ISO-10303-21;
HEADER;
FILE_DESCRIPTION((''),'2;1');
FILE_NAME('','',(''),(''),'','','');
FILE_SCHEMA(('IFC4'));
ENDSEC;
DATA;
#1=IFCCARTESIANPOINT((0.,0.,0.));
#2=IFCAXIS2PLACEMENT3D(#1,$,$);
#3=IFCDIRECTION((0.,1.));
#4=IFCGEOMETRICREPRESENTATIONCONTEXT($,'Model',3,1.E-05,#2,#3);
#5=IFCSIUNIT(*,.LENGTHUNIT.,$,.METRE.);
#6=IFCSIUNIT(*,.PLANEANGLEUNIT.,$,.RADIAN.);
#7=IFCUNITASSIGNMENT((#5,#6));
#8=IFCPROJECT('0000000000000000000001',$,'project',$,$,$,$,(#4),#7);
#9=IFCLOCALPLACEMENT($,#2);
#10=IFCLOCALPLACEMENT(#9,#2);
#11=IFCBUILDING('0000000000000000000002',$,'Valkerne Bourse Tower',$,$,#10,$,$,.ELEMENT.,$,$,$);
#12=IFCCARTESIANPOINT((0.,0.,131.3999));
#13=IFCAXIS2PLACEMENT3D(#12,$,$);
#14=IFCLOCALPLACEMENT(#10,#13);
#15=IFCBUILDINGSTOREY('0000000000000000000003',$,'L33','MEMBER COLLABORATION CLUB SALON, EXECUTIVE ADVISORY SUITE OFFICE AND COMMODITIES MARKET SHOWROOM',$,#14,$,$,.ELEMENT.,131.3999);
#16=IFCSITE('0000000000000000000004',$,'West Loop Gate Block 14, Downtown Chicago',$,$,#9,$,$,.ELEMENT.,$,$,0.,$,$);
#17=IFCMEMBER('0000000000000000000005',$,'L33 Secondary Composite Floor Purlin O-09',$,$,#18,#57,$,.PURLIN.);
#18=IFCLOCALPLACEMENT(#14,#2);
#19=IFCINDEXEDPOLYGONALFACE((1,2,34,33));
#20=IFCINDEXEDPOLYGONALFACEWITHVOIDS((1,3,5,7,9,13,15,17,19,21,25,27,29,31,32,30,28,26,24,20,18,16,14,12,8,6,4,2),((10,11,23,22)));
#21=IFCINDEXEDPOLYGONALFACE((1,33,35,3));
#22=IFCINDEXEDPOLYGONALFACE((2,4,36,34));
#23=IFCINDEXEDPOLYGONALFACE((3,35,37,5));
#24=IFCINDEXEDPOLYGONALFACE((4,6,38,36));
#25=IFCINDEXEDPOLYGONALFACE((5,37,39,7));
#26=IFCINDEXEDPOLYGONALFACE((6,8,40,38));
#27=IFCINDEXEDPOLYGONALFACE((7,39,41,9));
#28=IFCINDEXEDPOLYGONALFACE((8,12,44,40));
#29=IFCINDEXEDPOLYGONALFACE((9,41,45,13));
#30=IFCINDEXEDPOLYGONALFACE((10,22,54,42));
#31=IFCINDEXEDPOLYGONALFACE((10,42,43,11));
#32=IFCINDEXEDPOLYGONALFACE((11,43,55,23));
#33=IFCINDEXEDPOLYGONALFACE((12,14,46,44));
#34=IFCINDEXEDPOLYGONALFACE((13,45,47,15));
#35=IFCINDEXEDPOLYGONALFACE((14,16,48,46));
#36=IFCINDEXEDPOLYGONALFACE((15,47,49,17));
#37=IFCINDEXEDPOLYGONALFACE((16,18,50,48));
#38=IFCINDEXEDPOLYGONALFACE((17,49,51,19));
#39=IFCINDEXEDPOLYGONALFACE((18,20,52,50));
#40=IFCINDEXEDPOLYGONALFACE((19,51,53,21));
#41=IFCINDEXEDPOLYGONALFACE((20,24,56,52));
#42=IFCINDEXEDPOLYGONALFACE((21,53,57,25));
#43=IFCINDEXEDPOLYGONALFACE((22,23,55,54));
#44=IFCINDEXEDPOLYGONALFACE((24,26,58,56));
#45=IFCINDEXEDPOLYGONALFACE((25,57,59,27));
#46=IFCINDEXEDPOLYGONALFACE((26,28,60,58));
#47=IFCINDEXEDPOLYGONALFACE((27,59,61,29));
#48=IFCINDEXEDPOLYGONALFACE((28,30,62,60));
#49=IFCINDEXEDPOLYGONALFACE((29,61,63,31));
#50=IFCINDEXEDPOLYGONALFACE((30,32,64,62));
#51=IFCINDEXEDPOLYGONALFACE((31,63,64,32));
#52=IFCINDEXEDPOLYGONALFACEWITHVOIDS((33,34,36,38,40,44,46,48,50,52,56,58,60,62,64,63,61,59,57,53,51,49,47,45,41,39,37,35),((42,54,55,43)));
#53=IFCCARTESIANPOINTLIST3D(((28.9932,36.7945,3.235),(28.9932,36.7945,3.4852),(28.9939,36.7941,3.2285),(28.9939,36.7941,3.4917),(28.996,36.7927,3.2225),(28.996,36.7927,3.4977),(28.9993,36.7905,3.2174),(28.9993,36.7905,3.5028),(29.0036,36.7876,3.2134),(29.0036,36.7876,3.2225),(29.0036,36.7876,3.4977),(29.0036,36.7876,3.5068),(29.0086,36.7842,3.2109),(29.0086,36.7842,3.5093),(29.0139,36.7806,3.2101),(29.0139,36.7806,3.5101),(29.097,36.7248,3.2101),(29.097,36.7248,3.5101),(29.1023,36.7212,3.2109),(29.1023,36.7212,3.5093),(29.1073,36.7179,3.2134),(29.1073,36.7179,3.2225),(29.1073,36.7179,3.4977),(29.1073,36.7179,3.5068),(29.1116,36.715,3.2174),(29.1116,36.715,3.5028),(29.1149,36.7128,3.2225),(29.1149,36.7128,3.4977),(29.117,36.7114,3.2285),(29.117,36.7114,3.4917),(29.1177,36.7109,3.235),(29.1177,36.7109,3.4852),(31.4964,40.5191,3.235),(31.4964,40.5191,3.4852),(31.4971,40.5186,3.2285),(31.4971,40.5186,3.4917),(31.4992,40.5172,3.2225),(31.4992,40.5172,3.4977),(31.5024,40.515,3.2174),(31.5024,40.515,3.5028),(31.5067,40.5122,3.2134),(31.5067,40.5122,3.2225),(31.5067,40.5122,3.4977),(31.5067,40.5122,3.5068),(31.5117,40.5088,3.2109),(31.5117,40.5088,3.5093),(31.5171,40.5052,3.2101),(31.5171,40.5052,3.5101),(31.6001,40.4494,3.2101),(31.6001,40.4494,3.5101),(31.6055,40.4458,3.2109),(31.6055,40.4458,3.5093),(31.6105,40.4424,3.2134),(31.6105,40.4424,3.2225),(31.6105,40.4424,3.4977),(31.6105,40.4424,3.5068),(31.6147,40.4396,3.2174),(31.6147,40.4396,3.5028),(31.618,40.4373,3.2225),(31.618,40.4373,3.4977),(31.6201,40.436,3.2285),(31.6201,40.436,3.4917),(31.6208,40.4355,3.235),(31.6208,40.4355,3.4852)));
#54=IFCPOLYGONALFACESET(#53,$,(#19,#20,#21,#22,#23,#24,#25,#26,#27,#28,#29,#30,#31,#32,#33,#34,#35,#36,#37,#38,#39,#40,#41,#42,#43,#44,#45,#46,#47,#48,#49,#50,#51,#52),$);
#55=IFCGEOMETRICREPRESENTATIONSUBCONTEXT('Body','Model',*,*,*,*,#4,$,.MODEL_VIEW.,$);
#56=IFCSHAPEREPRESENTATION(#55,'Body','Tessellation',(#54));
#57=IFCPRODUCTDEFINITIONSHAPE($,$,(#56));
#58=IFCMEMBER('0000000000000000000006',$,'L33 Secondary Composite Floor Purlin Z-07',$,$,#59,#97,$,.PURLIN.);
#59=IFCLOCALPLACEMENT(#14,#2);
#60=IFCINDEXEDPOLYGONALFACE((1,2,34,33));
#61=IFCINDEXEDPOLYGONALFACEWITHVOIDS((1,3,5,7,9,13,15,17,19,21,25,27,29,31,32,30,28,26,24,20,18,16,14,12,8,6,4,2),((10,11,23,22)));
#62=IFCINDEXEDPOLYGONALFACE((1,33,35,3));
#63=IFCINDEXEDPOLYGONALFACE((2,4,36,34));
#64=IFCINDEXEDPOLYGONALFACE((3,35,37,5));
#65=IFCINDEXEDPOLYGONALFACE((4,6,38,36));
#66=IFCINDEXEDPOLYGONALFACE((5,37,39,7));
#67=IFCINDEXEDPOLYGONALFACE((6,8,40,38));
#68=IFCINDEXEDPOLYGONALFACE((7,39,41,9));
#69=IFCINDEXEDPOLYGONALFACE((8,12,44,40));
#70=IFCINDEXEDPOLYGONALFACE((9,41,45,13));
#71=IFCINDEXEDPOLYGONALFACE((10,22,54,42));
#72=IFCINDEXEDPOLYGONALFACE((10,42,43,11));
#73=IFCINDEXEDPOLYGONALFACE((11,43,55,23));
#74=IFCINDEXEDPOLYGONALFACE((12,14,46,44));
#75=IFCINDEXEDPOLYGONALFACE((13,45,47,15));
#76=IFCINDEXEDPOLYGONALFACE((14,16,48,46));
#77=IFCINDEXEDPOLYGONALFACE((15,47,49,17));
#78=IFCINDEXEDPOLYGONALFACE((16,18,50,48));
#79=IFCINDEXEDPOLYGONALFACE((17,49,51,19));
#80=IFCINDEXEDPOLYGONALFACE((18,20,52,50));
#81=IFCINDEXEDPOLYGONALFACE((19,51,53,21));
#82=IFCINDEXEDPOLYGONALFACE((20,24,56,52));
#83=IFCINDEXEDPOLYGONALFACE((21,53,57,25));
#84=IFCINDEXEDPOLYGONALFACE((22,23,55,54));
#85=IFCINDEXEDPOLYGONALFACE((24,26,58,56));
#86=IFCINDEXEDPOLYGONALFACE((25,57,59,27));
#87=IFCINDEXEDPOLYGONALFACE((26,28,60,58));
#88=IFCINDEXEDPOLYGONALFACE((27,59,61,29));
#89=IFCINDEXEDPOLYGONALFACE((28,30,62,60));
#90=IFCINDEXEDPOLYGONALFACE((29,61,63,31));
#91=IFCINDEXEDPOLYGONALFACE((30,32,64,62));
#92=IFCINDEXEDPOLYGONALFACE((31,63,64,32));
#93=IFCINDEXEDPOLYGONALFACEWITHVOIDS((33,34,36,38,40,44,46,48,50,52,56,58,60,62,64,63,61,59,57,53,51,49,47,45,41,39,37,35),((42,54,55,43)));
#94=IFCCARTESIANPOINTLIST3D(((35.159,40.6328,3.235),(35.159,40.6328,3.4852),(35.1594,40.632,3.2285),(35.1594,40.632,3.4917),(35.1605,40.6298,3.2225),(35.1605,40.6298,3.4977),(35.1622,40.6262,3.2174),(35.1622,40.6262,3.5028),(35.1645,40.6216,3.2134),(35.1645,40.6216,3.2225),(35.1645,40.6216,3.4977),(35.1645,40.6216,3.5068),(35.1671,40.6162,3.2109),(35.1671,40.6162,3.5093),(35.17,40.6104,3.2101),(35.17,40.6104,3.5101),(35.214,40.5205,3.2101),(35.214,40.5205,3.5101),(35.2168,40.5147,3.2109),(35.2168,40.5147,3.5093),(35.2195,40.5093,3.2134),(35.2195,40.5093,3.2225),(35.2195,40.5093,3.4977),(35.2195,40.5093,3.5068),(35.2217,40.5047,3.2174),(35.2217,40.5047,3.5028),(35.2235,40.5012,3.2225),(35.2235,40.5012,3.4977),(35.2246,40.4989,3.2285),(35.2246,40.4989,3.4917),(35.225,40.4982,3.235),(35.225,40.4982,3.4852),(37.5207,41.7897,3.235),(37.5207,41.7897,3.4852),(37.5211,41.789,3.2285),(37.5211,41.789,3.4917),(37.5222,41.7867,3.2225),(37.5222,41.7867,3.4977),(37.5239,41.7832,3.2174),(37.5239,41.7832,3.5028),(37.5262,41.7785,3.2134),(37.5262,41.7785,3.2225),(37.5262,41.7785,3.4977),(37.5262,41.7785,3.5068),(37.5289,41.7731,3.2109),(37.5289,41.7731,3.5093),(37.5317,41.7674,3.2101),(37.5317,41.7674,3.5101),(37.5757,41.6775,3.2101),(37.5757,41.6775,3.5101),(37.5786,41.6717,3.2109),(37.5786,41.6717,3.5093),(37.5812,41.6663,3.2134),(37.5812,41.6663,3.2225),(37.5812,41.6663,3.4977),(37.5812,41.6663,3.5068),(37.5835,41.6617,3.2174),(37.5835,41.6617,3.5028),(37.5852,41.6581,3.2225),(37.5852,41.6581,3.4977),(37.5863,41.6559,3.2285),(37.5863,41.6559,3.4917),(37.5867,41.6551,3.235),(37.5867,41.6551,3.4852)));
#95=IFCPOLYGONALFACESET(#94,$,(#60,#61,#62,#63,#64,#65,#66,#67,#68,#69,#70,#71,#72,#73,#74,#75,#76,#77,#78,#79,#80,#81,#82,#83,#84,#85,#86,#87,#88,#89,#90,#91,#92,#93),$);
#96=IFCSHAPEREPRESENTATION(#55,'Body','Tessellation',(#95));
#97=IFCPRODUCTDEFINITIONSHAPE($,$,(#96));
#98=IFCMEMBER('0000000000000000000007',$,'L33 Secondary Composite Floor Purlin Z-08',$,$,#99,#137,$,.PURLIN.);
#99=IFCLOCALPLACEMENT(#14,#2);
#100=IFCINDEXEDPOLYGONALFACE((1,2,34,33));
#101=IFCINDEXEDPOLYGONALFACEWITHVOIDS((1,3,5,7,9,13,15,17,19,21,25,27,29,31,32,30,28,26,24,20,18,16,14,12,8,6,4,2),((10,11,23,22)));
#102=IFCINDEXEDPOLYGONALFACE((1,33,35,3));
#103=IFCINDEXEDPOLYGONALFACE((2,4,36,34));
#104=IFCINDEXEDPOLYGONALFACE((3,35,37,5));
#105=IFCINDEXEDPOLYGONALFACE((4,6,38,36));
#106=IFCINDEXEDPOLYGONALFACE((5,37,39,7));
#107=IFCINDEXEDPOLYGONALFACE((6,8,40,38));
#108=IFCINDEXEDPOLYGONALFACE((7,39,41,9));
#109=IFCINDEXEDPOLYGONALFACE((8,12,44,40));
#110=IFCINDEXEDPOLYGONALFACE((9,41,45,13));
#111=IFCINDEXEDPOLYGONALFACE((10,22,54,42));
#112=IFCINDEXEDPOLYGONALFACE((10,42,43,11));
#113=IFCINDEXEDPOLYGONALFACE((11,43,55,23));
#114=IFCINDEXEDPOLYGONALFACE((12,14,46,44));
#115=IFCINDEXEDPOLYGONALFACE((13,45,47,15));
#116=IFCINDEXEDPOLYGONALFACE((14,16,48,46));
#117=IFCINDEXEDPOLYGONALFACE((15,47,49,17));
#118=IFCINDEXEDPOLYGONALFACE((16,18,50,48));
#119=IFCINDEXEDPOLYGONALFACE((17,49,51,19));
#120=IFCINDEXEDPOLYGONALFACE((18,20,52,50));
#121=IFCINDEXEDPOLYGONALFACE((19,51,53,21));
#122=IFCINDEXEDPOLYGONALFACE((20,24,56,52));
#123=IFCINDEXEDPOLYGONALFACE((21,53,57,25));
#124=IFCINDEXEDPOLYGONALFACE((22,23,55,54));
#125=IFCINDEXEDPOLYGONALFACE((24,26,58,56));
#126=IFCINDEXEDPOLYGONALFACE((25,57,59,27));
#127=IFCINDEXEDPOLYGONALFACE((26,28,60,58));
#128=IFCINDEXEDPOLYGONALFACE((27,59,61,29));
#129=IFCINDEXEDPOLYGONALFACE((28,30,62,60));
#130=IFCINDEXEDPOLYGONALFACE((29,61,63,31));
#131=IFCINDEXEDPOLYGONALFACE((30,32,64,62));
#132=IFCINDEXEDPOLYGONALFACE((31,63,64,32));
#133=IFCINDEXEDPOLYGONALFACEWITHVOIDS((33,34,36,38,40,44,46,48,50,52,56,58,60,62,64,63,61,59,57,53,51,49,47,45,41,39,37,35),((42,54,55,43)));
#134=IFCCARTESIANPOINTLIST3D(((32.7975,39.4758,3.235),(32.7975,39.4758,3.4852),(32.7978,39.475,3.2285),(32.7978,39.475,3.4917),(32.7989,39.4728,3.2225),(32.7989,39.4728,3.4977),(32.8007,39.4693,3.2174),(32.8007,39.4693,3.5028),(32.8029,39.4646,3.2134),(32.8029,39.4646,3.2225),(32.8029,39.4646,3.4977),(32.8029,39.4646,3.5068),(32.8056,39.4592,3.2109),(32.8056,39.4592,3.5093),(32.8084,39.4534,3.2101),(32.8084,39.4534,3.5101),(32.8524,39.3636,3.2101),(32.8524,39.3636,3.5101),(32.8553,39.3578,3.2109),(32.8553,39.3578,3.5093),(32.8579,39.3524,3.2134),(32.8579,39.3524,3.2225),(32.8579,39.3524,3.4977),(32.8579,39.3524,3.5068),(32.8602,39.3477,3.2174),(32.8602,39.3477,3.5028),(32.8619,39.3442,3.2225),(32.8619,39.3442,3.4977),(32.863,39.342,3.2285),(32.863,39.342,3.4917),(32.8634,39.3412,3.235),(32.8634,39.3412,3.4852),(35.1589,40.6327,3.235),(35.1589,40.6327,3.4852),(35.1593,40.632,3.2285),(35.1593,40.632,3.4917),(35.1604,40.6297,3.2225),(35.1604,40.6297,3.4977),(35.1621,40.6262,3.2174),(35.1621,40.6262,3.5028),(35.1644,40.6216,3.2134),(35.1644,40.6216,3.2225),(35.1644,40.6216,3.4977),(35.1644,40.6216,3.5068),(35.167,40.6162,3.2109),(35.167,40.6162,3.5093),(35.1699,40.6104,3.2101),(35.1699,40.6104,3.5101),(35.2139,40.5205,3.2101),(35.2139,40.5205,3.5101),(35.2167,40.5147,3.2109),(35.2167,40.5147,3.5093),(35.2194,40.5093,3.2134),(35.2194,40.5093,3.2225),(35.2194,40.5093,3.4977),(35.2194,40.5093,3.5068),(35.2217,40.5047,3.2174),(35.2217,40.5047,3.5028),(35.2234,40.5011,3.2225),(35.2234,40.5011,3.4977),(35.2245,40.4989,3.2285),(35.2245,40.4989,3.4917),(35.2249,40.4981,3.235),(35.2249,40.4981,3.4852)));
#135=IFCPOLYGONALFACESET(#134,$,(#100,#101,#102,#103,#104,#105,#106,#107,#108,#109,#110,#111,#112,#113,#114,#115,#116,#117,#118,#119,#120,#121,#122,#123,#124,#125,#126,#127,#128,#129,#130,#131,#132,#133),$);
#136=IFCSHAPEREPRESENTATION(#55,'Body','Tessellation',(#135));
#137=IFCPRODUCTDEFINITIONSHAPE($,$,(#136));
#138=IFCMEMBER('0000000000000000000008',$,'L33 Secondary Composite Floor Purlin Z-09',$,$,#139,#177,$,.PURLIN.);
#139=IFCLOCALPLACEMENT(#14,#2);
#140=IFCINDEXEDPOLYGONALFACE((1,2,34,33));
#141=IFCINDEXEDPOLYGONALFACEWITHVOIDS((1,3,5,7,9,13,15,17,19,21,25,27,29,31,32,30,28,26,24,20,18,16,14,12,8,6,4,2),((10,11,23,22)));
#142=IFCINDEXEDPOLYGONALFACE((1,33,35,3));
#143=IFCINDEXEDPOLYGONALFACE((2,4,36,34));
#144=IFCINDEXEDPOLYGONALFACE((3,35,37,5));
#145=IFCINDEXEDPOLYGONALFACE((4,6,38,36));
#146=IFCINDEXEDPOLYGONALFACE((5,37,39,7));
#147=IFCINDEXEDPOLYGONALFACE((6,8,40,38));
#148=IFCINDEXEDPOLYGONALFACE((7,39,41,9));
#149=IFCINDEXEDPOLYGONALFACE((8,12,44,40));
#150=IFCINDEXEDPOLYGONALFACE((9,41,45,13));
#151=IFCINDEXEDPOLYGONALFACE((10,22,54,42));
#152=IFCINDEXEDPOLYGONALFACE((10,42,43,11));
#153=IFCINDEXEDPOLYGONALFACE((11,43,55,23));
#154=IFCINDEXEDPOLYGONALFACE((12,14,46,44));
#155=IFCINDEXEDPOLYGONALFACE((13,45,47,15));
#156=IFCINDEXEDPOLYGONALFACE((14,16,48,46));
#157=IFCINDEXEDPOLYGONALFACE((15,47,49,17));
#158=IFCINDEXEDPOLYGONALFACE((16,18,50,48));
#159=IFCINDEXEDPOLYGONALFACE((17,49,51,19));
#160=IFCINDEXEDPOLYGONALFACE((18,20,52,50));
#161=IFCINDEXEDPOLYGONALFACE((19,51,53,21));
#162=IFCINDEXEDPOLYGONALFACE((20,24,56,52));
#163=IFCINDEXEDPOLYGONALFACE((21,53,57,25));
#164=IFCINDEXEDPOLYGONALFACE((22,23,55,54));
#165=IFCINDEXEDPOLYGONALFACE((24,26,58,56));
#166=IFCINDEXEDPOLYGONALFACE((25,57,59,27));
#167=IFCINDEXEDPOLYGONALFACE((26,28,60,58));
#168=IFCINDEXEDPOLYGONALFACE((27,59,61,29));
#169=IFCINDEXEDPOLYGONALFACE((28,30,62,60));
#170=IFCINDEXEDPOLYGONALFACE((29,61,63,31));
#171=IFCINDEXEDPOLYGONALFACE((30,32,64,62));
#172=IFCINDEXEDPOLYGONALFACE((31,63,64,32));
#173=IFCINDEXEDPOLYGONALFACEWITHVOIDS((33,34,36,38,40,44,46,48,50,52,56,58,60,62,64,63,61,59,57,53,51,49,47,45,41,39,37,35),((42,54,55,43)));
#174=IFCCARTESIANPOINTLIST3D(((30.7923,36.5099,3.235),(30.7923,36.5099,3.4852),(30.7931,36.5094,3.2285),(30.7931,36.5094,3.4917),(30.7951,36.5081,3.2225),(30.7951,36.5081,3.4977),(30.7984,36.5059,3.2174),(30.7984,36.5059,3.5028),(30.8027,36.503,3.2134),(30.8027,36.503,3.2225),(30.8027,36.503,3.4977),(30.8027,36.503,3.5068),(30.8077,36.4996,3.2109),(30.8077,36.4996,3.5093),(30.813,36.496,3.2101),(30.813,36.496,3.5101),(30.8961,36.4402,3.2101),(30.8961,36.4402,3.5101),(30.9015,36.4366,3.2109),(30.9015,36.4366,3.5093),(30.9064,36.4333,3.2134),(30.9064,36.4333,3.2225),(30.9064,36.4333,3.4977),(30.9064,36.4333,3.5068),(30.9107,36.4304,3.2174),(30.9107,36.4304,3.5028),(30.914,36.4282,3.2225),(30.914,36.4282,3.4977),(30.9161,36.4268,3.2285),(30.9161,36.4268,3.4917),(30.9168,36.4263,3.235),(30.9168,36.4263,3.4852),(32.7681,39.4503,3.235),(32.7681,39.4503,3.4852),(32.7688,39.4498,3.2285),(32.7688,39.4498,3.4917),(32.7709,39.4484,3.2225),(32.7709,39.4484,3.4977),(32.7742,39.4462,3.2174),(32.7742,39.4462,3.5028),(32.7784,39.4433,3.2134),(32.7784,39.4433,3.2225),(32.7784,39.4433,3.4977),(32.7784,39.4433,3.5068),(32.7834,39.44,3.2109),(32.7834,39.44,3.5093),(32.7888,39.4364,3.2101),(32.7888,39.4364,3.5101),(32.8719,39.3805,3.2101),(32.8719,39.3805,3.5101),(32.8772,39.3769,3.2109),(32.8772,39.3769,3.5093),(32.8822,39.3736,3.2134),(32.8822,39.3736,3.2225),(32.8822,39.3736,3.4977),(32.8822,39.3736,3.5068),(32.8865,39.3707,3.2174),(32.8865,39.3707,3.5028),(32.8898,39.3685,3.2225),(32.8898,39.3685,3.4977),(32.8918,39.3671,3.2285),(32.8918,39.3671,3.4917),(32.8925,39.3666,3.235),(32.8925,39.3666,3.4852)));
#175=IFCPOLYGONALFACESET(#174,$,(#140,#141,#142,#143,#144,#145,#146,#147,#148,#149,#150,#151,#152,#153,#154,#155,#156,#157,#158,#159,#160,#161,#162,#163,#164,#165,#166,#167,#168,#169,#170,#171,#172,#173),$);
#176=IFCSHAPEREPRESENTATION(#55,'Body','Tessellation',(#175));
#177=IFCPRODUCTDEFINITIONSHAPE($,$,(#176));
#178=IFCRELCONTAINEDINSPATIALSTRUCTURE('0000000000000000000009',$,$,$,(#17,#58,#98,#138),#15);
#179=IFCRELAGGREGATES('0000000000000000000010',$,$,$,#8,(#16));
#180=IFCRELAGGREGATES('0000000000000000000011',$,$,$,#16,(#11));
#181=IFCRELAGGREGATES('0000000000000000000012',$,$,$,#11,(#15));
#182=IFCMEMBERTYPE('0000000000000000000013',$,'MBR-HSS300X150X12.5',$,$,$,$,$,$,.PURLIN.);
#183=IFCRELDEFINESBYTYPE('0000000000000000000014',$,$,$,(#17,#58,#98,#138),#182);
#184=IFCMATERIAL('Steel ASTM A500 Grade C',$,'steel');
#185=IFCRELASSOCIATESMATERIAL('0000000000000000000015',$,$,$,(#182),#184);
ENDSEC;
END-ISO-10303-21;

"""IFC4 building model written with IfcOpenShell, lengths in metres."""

from ifc_helpers import new_model, si_unit, direction, frame, origin, origin_2d, place, context, subcontext, project, spatial, hollow_rectangle, extrude, material, material_profile, profile_set, type_object, element, save


model = new_model("IFC4")

# Units and contexts
model_context = context("Model", 3, precision=1e-05, world=origin(), true_north=direction((0.0, 1.0)))
body_context = subcontext(model_context, "Body", "Model", "MODEL_VIEW")
ifc_project = project(units=[si_unit("LENGTHUNIT", "METRE"), si_unit("PLANEANGLEUNIT", "RADIAN")], contexts=[model_context])

# Site, building, storey
site_placement = place(None, origin())
site = spatial("IfcSite", under=ifc_project, at=site_placement, Name="West Loop Gate Block 14, Downtown Chicago", CompositionType="ELEMENT", RefElevation=0.0)
building_placement = place(site_placement, origin())
building = spatial("IfcBuilding", under=site, at=building_placement, Name="Valkerne Bourse Tower", CompositionType="ELEMENT")
storey_placement = place(building_placement, frame((0.0, 0.0, 131.3999)))
storey = spatial("IfcBuildingStorey", under=building, at=storey_placement, Name="L33", Description="MEMBER COLLABORATION CLUB SALON, EXECUTIVE ADVISORY SUITE OFFICE AND COMMODITIES MARKET SHOWROOM", CompositionType="ELEMENT", Elevation=131.3999)

# Members
ifc_material_1 = material(Name="Steel ASTM A500 Grade C", Category="steel")
ifc_material_profile_1 = material_profile(ifc_material_1, hollow_rectangle(XDim=0.1499, YDim=0.3, WallThickness=0.0125, OuterFilletRadius=0.0249, at=origin_2d()), Name="HSS300X150X12.5")
ifc_profile_set_1 = profile_set([ifc_material_profile_1], Name="Steel ASTM A500 Grade C")
member_type = type_object("IfcMemberType", Name="MBR-HSS300X150X12.5", PredefinedType="PURLIN", material=ifc_profile_set_1)
member_1_placement = place(storey_placement, frame((31.5586, 40.4773, 3.3601), z_axis=(-0.557797, -0.829977, 0.0), x_axis=(0.829977, -0.557797, 0.0)))
element("IfcMember", 1, at=member_1_placement, inside=storey, type_object=member_type, Name="L33 Secondary Composite Floor Purlin O-09", PredefinedType="PURLIN", context=body_context, shape_type="SweptSolid", body=[
    extrude(hollow_rectangle(XDim=0.1499, YDim=0.3, WallThickness=0.0125, OuterFilletRadius=0.0249, at=origin_2d()), origin(), (0.0, 0.0, 1.0), 4.4875),
])
member_2_placement = place(storey_placement, frame((37.5537, 41.7224, 3.3601), z_axis=(-0.898037, -0.439921, 0.0), x_axis=(0.439921, -0.898037, 0.0)))
element("IfcMember", 2, at=member_2_placement, inside=storey, type_object=member_type, Name="L33 Secondary Composite Floor Purlin Z-07", PredefinedType="PURLIN", context=body_context, shape_type="SweptSolid", body=[
    extrude(hollow_rectangle(XDim=0.1499, YDim=0.3, WallThickness=0.0125, OuterFilletRadius=0.0249, at=origin_2d()), origin(), (0.0, 0.0, 1.0), 2.6299),
])
member_3_placement = place(storey_placement, frame((35.1919, 40.5654, 3.3601), z_axis=(-0.898019, -0.439958, 0.0), x_axis=(0.439958, -0.898019, 0.0)))
element("IfcMember", 3, at=member_3_placement, inside=storey, type_object=member_type, Name="L33 Secondary Composite Floor Purlin Z-08", PredefinedType="PURLIN", context=body_context, shape_type="SweptSolid", body=[
    extrude(hollow_rectangle(XDim=0.1499, YDim=0.3, WallThickness=0.0125, OuterFilletRadius=0.0249, at=origin_2d()), origin(), (0.0, 0.0, 1.0), 2.6296),
])
member_4_placement = place(storey_placement, frame((32.8303, 39.4084, 3.3601), z_axis=(-0.557734, -0.83002, 0.0), x_axis=(0.83002, -0.557734, 0.0)))
element("IfcMember", 4, at=member_4_placement, inside=storey, type_object=member_type, Name="L33 Secondary Composite Floor Purlin Z-09", PredefinedType="PURLIN", context=body_context, shape_type="SweptSolid", body=[
    extrude(hollow_rectangle(XDim=0.1499, YDim=0.3, WallThickness=0.0125, OuterFilletRadius=0.0249, at=origin_2d()), origin(), (0.0, 0.0, 1.0), 3.5425),
])

save(model, "model.ifc")
